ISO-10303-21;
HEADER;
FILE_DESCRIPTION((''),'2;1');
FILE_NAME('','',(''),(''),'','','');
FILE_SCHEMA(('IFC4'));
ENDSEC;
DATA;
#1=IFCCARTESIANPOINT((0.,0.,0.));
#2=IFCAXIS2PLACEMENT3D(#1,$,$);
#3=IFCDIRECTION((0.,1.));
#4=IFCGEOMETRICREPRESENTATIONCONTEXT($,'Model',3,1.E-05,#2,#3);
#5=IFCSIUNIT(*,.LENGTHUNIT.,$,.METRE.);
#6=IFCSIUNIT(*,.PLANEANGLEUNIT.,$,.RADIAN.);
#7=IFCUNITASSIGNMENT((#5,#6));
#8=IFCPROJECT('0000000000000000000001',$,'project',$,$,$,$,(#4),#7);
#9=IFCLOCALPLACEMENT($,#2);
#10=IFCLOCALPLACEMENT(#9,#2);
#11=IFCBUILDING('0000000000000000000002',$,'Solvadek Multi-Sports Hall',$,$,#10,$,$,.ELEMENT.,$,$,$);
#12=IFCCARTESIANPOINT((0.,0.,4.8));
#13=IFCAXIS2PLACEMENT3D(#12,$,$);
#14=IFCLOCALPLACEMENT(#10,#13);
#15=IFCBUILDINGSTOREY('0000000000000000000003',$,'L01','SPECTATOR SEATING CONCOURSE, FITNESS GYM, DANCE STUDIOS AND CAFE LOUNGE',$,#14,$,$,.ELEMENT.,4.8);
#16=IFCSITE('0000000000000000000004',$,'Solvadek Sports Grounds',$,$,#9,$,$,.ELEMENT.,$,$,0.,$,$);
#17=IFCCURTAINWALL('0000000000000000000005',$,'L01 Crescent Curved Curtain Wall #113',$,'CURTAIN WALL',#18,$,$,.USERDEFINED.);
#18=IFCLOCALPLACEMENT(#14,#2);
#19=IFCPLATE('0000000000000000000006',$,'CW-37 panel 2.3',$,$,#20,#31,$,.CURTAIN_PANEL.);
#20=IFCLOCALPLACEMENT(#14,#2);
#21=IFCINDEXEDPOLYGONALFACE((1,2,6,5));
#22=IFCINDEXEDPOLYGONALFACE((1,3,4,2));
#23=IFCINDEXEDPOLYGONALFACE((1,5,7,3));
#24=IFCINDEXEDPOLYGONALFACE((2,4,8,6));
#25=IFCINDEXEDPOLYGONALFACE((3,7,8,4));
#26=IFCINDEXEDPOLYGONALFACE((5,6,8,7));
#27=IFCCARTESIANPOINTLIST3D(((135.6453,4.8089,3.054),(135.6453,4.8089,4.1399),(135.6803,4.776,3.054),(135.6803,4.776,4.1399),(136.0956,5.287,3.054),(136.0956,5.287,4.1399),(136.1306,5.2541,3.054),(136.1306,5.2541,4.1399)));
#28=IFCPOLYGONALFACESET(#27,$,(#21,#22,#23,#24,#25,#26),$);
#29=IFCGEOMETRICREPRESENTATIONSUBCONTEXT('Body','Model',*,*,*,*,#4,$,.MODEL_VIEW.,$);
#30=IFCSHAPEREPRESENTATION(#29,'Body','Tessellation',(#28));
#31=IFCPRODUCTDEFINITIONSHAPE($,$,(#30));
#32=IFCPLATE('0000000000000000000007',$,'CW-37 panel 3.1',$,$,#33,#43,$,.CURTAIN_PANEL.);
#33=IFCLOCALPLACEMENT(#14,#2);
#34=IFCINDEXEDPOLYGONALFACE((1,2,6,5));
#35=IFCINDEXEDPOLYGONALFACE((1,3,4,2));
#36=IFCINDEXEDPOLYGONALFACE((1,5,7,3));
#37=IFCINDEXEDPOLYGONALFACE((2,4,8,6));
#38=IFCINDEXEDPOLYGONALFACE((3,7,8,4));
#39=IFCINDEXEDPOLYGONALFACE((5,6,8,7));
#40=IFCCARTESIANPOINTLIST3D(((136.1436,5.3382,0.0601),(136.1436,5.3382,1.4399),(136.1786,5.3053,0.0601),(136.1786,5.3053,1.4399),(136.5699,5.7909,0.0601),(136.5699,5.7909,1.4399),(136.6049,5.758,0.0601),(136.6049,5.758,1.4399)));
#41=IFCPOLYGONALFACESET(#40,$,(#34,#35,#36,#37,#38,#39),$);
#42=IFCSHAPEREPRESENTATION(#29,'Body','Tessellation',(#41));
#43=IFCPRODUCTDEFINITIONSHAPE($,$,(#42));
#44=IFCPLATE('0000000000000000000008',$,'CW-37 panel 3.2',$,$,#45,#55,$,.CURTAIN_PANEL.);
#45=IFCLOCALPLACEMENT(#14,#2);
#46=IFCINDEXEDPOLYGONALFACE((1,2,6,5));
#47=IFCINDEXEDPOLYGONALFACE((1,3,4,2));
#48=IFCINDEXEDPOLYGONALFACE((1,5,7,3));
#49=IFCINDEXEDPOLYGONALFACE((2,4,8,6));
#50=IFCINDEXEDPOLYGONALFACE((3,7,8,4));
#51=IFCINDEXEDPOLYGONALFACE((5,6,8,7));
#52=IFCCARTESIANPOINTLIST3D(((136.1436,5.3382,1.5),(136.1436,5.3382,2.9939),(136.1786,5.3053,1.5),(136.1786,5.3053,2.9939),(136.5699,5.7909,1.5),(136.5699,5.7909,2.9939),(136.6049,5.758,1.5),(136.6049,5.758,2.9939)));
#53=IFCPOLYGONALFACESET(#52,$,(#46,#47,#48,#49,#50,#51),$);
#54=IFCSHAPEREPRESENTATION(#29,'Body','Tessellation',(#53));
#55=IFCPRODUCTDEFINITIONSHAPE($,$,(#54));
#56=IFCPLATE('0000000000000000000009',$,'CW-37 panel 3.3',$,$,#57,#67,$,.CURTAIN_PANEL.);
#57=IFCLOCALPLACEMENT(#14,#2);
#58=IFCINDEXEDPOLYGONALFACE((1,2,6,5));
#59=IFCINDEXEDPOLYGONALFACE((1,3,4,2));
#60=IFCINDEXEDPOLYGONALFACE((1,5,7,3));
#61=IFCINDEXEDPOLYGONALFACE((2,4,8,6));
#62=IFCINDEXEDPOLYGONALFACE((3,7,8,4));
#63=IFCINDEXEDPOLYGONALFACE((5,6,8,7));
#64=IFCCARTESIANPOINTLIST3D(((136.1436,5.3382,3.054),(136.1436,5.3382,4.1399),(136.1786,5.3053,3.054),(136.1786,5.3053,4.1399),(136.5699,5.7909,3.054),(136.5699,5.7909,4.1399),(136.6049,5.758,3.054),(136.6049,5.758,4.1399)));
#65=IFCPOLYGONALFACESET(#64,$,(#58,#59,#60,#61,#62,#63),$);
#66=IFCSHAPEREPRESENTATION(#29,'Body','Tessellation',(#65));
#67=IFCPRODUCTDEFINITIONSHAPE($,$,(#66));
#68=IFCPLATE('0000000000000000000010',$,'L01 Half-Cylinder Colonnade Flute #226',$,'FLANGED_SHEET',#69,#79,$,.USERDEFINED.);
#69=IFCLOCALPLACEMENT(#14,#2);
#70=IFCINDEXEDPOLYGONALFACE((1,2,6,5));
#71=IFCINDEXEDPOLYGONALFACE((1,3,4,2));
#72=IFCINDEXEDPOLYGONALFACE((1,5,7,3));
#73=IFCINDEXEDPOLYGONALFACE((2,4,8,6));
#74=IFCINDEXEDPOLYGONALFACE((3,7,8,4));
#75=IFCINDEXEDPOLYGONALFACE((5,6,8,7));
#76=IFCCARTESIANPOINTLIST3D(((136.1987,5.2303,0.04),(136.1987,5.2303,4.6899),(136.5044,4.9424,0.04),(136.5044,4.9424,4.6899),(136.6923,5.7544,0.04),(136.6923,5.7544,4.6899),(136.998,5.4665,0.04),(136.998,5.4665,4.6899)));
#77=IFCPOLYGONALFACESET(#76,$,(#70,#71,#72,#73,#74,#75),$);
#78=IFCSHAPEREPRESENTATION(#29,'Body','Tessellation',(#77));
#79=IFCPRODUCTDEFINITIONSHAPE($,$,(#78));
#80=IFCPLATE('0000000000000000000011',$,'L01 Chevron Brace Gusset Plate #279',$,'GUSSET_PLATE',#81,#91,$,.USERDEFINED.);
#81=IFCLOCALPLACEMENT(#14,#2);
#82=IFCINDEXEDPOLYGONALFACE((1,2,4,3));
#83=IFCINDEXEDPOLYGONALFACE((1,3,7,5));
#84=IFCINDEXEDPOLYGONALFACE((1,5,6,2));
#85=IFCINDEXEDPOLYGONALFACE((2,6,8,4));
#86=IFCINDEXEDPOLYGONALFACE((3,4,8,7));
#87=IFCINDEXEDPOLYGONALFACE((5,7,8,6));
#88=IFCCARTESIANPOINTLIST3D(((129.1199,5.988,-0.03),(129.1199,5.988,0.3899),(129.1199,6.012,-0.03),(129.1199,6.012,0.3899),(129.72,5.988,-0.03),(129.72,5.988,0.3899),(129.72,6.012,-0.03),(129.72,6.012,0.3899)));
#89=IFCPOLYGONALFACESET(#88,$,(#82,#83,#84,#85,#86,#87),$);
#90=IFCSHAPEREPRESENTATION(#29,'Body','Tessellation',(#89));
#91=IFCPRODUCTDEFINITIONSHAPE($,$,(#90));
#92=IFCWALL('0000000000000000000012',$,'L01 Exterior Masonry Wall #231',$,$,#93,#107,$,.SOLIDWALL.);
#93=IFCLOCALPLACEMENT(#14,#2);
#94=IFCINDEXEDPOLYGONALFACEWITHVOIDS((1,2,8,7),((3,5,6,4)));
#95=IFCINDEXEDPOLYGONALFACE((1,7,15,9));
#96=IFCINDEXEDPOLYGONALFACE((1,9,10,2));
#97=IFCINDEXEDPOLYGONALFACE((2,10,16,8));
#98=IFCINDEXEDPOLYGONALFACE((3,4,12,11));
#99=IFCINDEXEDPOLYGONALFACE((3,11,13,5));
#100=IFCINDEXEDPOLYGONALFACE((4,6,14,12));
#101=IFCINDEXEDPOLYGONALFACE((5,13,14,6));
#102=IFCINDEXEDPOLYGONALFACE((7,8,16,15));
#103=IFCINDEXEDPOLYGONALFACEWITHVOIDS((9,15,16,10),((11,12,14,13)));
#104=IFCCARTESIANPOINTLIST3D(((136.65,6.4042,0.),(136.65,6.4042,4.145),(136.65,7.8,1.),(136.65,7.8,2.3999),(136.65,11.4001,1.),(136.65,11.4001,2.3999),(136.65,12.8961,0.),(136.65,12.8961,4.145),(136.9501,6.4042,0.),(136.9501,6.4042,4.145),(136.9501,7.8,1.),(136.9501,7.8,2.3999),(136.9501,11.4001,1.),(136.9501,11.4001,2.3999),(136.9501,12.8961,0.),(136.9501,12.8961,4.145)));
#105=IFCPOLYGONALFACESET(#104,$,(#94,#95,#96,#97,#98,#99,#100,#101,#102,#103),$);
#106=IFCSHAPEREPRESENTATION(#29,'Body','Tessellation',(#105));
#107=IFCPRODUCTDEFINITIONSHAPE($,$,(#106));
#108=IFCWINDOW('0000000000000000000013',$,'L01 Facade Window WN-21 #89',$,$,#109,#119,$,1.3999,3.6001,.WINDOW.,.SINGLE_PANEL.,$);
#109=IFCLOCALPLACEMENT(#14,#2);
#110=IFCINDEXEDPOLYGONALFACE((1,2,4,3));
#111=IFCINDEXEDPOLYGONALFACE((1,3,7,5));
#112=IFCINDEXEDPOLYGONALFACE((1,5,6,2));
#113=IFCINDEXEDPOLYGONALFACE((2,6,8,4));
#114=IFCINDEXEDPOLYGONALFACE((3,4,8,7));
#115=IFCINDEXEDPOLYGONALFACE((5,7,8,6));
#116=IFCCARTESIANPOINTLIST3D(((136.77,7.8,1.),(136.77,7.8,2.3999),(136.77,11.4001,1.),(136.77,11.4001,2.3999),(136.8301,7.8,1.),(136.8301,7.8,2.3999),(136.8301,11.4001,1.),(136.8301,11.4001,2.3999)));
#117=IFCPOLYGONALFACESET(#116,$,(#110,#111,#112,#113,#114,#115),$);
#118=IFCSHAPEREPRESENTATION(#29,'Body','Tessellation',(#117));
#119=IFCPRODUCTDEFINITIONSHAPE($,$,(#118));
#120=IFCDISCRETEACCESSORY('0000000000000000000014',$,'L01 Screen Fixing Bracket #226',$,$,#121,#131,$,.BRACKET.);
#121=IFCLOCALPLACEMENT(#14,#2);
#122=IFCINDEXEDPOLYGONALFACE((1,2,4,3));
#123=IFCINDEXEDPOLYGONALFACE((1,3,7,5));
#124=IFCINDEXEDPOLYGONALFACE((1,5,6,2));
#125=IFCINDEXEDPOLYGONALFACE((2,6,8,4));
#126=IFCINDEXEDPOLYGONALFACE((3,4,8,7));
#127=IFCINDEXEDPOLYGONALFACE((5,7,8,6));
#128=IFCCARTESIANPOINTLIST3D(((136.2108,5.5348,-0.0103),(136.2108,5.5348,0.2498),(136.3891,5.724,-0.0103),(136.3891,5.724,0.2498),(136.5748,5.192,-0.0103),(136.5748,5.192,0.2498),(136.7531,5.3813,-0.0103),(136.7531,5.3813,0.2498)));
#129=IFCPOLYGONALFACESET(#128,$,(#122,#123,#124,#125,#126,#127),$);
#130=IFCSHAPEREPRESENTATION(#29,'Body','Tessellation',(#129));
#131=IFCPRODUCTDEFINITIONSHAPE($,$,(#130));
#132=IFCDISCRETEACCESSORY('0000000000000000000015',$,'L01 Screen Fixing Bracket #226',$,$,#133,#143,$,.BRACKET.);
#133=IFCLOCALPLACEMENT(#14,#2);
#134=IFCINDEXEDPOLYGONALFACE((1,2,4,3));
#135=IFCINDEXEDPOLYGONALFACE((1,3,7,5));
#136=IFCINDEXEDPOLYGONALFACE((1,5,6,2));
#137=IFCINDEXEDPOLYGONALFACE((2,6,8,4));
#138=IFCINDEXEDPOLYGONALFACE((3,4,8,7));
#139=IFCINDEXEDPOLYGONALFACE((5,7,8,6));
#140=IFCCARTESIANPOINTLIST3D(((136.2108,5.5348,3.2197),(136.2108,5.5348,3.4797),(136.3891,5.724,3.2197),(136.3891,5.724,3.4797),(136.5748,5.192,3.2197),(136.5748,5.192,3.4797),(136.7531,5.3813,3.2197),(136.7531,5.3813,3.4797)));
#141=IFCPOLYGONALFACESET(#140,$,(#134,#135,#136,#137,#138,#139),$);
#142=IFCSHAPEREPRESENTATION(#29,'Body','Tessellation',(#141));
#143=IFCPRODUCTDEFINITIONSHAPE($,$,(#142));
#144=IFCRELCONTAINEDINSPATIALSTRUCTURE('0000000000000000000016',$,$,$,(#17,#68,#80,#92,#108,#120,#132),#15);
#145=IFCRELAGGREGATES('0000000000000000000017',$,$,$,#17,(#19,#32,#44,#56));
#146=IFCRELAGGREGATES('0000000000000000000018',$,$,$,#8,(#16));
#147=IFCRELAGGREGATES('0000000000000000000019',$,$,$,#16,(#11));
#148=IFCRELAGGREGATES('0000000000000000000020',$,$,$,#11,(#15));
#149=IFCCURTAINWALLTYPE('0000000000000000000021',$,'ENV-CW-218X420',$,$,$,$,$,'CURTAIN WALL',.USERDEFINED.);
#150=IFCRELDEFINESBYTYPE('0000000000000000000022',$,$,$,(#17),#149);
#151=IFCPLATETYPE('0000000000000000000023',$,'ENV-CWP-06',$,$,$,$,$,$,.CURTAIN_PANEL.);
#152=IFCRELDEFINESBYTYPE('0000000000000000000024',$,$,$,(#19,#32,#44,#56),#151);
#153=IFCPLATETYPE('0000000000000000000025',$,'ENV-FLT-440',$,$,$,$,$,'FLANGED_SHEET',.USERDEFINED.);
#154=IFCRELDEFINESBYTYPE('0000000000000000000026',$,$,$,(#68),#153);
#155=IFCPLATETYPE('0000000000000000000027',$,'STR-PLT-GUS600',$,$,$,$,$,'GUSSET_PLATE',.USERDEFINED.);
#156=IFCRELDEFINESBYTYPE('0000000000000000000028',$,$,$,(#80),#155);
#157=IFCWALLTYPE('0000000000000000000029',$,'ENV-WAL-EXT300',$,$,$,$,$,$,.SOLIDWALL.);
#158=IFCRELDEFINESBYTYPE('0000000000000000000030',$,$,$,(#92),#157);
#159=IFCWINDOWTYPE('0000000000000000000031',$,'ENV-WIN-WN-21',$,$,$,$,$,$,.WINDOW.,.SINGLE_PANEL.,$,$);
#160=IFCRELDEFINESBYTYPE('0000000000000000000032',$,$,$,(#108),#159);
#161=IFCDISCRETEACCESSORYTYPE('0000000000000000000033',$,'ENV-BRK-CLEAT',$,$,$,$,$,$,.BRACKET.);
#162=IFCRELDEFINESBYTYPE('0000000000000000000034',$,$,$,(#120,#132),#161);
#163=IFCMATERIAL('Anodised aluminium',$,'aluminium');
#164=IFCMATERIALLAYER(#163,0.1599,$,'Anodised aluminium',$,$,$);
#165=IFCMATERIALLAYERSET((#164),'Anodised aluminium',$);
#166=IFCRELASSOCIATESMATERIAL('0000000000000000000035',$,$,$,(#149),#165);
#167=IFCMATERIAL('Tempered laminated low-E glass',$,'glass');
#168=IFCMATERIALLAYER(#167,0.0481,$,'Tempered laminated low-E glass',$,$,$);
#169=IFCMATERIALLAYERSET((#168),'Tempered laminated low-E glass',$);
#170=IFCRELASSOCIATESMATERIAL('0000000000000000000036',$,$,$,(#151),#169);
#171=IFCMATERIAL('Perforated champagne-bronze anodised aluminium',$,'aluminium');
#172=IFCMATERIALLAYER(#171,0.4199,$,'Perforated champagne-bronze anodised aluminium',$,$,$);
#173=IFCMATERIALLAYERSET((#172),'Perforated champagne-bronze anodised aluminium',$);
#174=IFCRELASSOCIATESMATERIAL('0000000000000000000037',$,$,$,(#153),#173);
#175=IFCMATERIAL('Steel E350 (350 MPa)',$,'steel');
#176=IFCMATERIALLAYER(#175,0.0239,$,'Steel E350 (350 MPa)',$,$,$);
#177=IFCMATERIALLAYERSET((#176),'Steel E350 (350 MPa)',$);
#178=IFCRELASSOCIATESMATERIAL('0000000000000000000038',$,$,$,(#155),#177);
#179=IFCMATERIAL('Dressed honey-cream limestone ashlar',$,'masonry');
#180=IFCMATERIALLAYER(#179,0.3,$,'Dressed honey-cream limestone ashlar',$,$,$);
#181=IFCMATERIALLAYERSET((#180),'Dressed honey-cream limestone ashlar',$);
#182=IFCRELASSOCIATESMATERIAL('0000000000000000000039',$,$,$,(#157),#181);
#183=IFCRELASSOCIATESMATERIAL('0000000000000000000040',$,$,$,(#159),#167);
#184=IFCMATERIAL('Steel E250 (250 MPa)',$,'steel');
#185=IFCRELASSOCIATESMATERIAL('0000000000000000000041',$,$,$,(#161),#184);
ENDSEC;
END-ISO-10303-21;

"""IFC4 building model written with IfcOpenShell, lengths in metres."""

from ifc_helpers import new_model, si_unit, direction, frame, frame_2d, origin, origin_2d, place, context, subcontext, project, spatial, rectangle, extrude, material, layer, layer_set, type_object, element, fill, aggregate, save


model = new_model("IFC4")

# Units and contexts
model_context = context("Model", 3, precision=1e-05, world=origin(), true_north=direction((0.0, 1.0)))
body_context = subcontext(model_context, "Body", "Model", "MODEL_VIEW")
ifc_project = project(units=[si_unit("LENGTHUNIT", "METRE"), si_unit("PLANEANGLEUNIT", "RADIAN")], contexts=[model_context])

# Site, building, storey
site_placement = place(None, origin())
site = spatial("IfcSite", under=ifc_project, at=site_placement, Name="Solvadek Sports Grounds", CompositionType="ELEMENT", RefElevation=0.0)
building_placement = place(site_placement, origin())
building = spatial("IfcBuilding", under=site, at=building_placement, Name="Solvadek Multi-Sports Hall", CompositionType="ELEMENT")
storey_placement = place(building_placement, frame((0.0, 0.0, 4.8)))
storey = spatial("IfcBuildingStorey", under=building, at=storey_placement, Name="L01", Description="SPECTATOR SEATING CONCOURSE, FITNESS GYM, DANCE STUDIOS AND CAFE LOUNGE", CompositionType="ELEMENT", Elevation=4.8)

# Shared definitions
ifc_material_1 = material(Name="Steel E350 (350 MPa)", Category="steel")

# Curtain wall
ifc_material_2 = material(Name="Anodised aluminium", Category="aluminium")
ifc_layer_1 = layer(ifc_material_2, 0.1599, Name="Anodised aluminium")
ifc_layer_set_1 = layer_set([ifc_layer_1], Name="Anodised aluminium")
curtain_wall_type = type_object("IfcCurtainWallType", Name="ENV-CW-218X420", ElementType="CURTAIN WALL", PredefinedType="USERDEFINED", material=ifc_layer_set_1)
curtain_wall_placement = place(storey_placement, origin())
curtain_wall = element("IfcCurtainWall", 1, at=curtain_wall_placement, inside=storey, type_object=curtain_wall_type, Name="L01 Crescent Curved Curtain Wall #113", ObjectType="CURTAIN WALL", PredefinedType="USERDEFINED")

# Plates
ifc_material_3 = material(Name="Tempered laminated low-E glass", Category="glass")
ifc_layer_2 = layer(ifc_material_3, 0.0481, Name="Tempered laminated low-E glass")
ifc_layer_set_2 = layer_set([ifc_layer_2], Name="Tempered laminated low-E glass")
plate_type_1 = type_object("IfcPlateType", Name="ENV-CWP-06", PredefinedType="CURTAIN_PANEL", material=ifc_layer_set_2)
plate_1_placement = place(storey_placement, frame((135.8879, 5.0315, 3.054), z_axis=(0.0, 0.0, 1.0), x_axis=(0.685578, 0.727999, 0.0)))
plate_1 = element("IfcPlate", 2, at=plate_1_placement, type_object=plate_type_1, Name="CW-37 panel 2.3", PredefinedType="CURTAIN_PANEL", context=body_context, shape_type="SweptSolid", body=[
    extrude(rectangle(XDim=0.6567, YDim=0.0481, at=origin_2d()), origin(), (0.0, 0.0, 1.0), 1.0859),
])
plate_2_placement = place(storey_placement, frame((136.3743, 5.5481, 0.0601), z_axis=(0.0, 0.0, 1.0), x_axis=(0.685578, 0.727999, 0.0)))
plate_2 = element("IfcPlate", 3, at=plate_2_placement, type_object=plate_type_1, Name="CW-37 panel 3.1", PredefinedType="CURTAIN_PANEL", context=body_context, shape_type="SweptSolid", body=[
    extrude(rectangle(XDim=0.6218, YDim=0.0481, at=origin_2d()), origin(), (0.0, 0.0, 1.0), 1.3799),
])
plate_3_placement = place(storey_placement, frame((136.3743, 5.5481, 1.5), z_axis=(0.0, 0.0, 1.0), x_axis=(0.685578, 0.727999, 0.0)))
plate_3 = element("IfcPlate", 4, at=plate_3_placement, type_object=plate_type_1, Name="CW-37 panel 3.2", PredefinedType="CURTAIN_PANEL", context=body_context, shape_type="SweptSolid", body=[
    extrude(rectangle(XDim=0.6218, YDim=0.0481, at=origin_2d()), origin(), (0.0, 0.0, 1.0), 1.4939),
])
plate_4_placement = place(storey_placement, frame((136.3743, 5.5481, 3.054), z_axis=(0.0, 0.0, 1.0), x_axis=(0.685578, 0.727999, 0.0)))
plate_4 = element("IfcPlate", 5, at=plate_4_placement, type_object=plate_type_1, Name="CW-37 panel 3.3", PredefinedType="CURTAIN_PANEL", context=body_context, shape_type="SweptSolid", body=[
    extrude(rectangle(XDim=0.6218, YDim=0.0481, at=origin_2d()), origin(), (0.0, 0.0, 1.0), 1.0859),
])
aggregate(curtain_wall, [plate_1, plate_2, plate_3, plate_4])

# Plates
ifc_material_4 = material(Name="Perforated champagne-bronze anodised aluminium", Category="aluminium")
ifc_layer_3 = layer(ifc_material_4, 0.4199, Name="Perforated champagne-bronze anodised aluminium")
ifc_layer_set_3 = layer_set([ifc_layer_3], Name="Perforated champagne-bronze anodised aluminium")
plate_type_2 = type_object("IfcPlateType", Name="ENV-FLT-440", ElementType="FLANGED_SHEET", PredefinedType="USERDEFINED", material=ifc_layer_set_3)
plate_5_placement = place(storey_placement, frame((136.5984, 5.3484, 0.04), z_axis=(0.0, 0.0, 1.0), x_axis=(0.685589, 0.727989, 0.0)))
element("IfcPlate", 6, at=plate_5_placement, inside=storey, type_object=plate_type_2, Name="L01 Half-Cylinder Colonnade Flute #226", ObjectType="FLANGED_SHEET", PredefinedType="USERDEFINED", context=body_context, shape_type="SweptSolid", body=[
    extrude(rectangle(XDim=0.72, YDim=0.4199, at=origin_2d()), origin(), (0.0, 0.0, 1.0), 4.6499),
])
ifc_layer_4 = layer(ifc_material_1, 0.0239, Name="Steel E350 (350 MPa)")
ifc_layer_set_4 = layer_set([ifc_layer_4], Name="Steel E350 (350 MPa)")
plate_type_3 = type_object("IfcPlateType", Name="STR-PLT-GUS600", ElementType="GUSSET_PLATE", PredefinedType="USERDEFINED", material=ifc_layer_set_4)
plate_6_placement = place(storey_placement, frame((129.4199, 6.0, -0.03), z_axis=(0.0, 0.0, 1.0), x_axis=(1.0, 0.0, 0.0)))
element("IfcPlate", 7, at=plate_6_placement, inside=storey, type_object=plate_type_3, Name="L01 Chevron Brace Gusset Plate #279", ObjectType="GUSSET_PLATE", PredefinedType="USERDEFINED", context=body_context, shape_type="SweptSolid", body=[
    extrude(rectangle(XDim=0.6001, YDim=0.0239, at=origin_2d()), origin(), (0.0, 0.0, 1.0), 0.4199),
])

# Wall, opening, window
ifc_material_5 = material(Name="Dressed honey-cream limestone ashlar", Category="masonry")
ifc_layer_5 = layer(ifc_material_5, 0.3, Name="Dressed honey-cream limestone ashlar")
ifc_layer_set_5 = layer_set([ifc_layer_5], Name="Dressed honey-cream limestone ashlar")
wall_type = type_object("IfcWallType", Name="ENV-WAL-EXT300", PredefinedType="SOLIDWALL", material=ifc_layer_set_5)
wall_placement = place(storey_placement, frame((136.8, 6.4041, 0.0), z_axis=(0.0, 0.0, 1.0), x_axis=(0.0, 1.0, 0.0)))
wall = element("IfcWall", 8, at=wall_placement, inside=storey, type_object=wall_type, Name="L01 Exterior Masonry Wall #231", PredefinedType="SOLIDWALL", context=body_context, shape_type="SweptSolid", body=[
    extrude(rectangle(XDim=6.4919, YDim=0.3, at=frame_2d((3.2461, 0.0))), origin(), (0.0, 0.0, 1.0), 4.145),
])
opening_placement = place(wall_placement, frame((1.396, 0.0, 1.0)))
opening = element("IfcOpeningElement", 9, at=opening_placement, cuts=wall, PredefinedType="OPENING", context=body_context, shape_type="SweptSolid", body=[
    extrude(rectangle(XDim=3.6001, YDim=1.3999, at=frame_2d((1.8, 0.7))), frame((0.0, 0.1599, 0.0), z_axis=(0.0, -1.0, 0.0), x_axis=(1.0, 0.0, 0.0)), (0.0, 0.0, 1.0), 0.3201),
])
window_type = type_object("IfcWindowType", Name="ENV-WIN-WN-21", PartitioningType="SINGLE_PANEL", PredefinedType="WINDOW", material=ifc_material_3)
window_placement = place(opening_placement, origin())
window = element("IfcWindow", 10, at=window_placement, inside=storey, type_object=window_type, Name="L01 Facade Window WN-21 #89", OverallHeight=1.3999, OverallWidth=3.6001, PartitioningType="SINGLE_PANEL", PredefinedType="WINDOW", context=body_context, shape_type="SweptSolid", body=[
    extrude(rectangle(XDim=3.6001, YDim=1.3999, at=frame_2d((1.8, 0.7))), frame((0.0, 0.03, 0.0), z_axis=(0.0, -1.0, 0.0), x_axis=(1.0, 0.0, 0.0)), (0.0, 0.0, 1.0), 0.0601),
])
fill(opening, window)

# Discrete accessories
ifc_material_6 = material(Name="Steel E250 (250 MPa)", Category="steel")
discrete_accessory_type = type_object("IfcDiscreteAccessoryType", Name="ENV-BRK-CLEAT", PredefinedType="BRACKET", material=ifc_material_6)
for number, where, z_axis, x_axis, name in (
    (11, (136.4819, 5.458, -0.0103), (0.0, 0.0, 1.0), (0.685589, 0.727989, 0.0), "L01 Screen Fixing Bracket #226"),
    (12, (136.4819, 5.458, 3.2197), (0.0, 0.0, 1.0), (0.685589, 0.727989, 0.0), "L01 Screen Fixing Bracket #226"),
):
    element("IfcDiscreteAccessory", number, at=place(storey_placement, frame(where, z_axis=z_axis, x_axis=x_axis)), inside=storey, type_object=discrete_accessory_type, Name=name, PredefinedType="BRACKET", context=body_context, shape_type="SweptSolid", body=[
        extrude(rectangle(XDim=0.26, YDim=0.5, at=origin_2d()), origin(), (0.0, 0.0, 1.0), 0.26),
    ])

save(model, "model.ifc")
